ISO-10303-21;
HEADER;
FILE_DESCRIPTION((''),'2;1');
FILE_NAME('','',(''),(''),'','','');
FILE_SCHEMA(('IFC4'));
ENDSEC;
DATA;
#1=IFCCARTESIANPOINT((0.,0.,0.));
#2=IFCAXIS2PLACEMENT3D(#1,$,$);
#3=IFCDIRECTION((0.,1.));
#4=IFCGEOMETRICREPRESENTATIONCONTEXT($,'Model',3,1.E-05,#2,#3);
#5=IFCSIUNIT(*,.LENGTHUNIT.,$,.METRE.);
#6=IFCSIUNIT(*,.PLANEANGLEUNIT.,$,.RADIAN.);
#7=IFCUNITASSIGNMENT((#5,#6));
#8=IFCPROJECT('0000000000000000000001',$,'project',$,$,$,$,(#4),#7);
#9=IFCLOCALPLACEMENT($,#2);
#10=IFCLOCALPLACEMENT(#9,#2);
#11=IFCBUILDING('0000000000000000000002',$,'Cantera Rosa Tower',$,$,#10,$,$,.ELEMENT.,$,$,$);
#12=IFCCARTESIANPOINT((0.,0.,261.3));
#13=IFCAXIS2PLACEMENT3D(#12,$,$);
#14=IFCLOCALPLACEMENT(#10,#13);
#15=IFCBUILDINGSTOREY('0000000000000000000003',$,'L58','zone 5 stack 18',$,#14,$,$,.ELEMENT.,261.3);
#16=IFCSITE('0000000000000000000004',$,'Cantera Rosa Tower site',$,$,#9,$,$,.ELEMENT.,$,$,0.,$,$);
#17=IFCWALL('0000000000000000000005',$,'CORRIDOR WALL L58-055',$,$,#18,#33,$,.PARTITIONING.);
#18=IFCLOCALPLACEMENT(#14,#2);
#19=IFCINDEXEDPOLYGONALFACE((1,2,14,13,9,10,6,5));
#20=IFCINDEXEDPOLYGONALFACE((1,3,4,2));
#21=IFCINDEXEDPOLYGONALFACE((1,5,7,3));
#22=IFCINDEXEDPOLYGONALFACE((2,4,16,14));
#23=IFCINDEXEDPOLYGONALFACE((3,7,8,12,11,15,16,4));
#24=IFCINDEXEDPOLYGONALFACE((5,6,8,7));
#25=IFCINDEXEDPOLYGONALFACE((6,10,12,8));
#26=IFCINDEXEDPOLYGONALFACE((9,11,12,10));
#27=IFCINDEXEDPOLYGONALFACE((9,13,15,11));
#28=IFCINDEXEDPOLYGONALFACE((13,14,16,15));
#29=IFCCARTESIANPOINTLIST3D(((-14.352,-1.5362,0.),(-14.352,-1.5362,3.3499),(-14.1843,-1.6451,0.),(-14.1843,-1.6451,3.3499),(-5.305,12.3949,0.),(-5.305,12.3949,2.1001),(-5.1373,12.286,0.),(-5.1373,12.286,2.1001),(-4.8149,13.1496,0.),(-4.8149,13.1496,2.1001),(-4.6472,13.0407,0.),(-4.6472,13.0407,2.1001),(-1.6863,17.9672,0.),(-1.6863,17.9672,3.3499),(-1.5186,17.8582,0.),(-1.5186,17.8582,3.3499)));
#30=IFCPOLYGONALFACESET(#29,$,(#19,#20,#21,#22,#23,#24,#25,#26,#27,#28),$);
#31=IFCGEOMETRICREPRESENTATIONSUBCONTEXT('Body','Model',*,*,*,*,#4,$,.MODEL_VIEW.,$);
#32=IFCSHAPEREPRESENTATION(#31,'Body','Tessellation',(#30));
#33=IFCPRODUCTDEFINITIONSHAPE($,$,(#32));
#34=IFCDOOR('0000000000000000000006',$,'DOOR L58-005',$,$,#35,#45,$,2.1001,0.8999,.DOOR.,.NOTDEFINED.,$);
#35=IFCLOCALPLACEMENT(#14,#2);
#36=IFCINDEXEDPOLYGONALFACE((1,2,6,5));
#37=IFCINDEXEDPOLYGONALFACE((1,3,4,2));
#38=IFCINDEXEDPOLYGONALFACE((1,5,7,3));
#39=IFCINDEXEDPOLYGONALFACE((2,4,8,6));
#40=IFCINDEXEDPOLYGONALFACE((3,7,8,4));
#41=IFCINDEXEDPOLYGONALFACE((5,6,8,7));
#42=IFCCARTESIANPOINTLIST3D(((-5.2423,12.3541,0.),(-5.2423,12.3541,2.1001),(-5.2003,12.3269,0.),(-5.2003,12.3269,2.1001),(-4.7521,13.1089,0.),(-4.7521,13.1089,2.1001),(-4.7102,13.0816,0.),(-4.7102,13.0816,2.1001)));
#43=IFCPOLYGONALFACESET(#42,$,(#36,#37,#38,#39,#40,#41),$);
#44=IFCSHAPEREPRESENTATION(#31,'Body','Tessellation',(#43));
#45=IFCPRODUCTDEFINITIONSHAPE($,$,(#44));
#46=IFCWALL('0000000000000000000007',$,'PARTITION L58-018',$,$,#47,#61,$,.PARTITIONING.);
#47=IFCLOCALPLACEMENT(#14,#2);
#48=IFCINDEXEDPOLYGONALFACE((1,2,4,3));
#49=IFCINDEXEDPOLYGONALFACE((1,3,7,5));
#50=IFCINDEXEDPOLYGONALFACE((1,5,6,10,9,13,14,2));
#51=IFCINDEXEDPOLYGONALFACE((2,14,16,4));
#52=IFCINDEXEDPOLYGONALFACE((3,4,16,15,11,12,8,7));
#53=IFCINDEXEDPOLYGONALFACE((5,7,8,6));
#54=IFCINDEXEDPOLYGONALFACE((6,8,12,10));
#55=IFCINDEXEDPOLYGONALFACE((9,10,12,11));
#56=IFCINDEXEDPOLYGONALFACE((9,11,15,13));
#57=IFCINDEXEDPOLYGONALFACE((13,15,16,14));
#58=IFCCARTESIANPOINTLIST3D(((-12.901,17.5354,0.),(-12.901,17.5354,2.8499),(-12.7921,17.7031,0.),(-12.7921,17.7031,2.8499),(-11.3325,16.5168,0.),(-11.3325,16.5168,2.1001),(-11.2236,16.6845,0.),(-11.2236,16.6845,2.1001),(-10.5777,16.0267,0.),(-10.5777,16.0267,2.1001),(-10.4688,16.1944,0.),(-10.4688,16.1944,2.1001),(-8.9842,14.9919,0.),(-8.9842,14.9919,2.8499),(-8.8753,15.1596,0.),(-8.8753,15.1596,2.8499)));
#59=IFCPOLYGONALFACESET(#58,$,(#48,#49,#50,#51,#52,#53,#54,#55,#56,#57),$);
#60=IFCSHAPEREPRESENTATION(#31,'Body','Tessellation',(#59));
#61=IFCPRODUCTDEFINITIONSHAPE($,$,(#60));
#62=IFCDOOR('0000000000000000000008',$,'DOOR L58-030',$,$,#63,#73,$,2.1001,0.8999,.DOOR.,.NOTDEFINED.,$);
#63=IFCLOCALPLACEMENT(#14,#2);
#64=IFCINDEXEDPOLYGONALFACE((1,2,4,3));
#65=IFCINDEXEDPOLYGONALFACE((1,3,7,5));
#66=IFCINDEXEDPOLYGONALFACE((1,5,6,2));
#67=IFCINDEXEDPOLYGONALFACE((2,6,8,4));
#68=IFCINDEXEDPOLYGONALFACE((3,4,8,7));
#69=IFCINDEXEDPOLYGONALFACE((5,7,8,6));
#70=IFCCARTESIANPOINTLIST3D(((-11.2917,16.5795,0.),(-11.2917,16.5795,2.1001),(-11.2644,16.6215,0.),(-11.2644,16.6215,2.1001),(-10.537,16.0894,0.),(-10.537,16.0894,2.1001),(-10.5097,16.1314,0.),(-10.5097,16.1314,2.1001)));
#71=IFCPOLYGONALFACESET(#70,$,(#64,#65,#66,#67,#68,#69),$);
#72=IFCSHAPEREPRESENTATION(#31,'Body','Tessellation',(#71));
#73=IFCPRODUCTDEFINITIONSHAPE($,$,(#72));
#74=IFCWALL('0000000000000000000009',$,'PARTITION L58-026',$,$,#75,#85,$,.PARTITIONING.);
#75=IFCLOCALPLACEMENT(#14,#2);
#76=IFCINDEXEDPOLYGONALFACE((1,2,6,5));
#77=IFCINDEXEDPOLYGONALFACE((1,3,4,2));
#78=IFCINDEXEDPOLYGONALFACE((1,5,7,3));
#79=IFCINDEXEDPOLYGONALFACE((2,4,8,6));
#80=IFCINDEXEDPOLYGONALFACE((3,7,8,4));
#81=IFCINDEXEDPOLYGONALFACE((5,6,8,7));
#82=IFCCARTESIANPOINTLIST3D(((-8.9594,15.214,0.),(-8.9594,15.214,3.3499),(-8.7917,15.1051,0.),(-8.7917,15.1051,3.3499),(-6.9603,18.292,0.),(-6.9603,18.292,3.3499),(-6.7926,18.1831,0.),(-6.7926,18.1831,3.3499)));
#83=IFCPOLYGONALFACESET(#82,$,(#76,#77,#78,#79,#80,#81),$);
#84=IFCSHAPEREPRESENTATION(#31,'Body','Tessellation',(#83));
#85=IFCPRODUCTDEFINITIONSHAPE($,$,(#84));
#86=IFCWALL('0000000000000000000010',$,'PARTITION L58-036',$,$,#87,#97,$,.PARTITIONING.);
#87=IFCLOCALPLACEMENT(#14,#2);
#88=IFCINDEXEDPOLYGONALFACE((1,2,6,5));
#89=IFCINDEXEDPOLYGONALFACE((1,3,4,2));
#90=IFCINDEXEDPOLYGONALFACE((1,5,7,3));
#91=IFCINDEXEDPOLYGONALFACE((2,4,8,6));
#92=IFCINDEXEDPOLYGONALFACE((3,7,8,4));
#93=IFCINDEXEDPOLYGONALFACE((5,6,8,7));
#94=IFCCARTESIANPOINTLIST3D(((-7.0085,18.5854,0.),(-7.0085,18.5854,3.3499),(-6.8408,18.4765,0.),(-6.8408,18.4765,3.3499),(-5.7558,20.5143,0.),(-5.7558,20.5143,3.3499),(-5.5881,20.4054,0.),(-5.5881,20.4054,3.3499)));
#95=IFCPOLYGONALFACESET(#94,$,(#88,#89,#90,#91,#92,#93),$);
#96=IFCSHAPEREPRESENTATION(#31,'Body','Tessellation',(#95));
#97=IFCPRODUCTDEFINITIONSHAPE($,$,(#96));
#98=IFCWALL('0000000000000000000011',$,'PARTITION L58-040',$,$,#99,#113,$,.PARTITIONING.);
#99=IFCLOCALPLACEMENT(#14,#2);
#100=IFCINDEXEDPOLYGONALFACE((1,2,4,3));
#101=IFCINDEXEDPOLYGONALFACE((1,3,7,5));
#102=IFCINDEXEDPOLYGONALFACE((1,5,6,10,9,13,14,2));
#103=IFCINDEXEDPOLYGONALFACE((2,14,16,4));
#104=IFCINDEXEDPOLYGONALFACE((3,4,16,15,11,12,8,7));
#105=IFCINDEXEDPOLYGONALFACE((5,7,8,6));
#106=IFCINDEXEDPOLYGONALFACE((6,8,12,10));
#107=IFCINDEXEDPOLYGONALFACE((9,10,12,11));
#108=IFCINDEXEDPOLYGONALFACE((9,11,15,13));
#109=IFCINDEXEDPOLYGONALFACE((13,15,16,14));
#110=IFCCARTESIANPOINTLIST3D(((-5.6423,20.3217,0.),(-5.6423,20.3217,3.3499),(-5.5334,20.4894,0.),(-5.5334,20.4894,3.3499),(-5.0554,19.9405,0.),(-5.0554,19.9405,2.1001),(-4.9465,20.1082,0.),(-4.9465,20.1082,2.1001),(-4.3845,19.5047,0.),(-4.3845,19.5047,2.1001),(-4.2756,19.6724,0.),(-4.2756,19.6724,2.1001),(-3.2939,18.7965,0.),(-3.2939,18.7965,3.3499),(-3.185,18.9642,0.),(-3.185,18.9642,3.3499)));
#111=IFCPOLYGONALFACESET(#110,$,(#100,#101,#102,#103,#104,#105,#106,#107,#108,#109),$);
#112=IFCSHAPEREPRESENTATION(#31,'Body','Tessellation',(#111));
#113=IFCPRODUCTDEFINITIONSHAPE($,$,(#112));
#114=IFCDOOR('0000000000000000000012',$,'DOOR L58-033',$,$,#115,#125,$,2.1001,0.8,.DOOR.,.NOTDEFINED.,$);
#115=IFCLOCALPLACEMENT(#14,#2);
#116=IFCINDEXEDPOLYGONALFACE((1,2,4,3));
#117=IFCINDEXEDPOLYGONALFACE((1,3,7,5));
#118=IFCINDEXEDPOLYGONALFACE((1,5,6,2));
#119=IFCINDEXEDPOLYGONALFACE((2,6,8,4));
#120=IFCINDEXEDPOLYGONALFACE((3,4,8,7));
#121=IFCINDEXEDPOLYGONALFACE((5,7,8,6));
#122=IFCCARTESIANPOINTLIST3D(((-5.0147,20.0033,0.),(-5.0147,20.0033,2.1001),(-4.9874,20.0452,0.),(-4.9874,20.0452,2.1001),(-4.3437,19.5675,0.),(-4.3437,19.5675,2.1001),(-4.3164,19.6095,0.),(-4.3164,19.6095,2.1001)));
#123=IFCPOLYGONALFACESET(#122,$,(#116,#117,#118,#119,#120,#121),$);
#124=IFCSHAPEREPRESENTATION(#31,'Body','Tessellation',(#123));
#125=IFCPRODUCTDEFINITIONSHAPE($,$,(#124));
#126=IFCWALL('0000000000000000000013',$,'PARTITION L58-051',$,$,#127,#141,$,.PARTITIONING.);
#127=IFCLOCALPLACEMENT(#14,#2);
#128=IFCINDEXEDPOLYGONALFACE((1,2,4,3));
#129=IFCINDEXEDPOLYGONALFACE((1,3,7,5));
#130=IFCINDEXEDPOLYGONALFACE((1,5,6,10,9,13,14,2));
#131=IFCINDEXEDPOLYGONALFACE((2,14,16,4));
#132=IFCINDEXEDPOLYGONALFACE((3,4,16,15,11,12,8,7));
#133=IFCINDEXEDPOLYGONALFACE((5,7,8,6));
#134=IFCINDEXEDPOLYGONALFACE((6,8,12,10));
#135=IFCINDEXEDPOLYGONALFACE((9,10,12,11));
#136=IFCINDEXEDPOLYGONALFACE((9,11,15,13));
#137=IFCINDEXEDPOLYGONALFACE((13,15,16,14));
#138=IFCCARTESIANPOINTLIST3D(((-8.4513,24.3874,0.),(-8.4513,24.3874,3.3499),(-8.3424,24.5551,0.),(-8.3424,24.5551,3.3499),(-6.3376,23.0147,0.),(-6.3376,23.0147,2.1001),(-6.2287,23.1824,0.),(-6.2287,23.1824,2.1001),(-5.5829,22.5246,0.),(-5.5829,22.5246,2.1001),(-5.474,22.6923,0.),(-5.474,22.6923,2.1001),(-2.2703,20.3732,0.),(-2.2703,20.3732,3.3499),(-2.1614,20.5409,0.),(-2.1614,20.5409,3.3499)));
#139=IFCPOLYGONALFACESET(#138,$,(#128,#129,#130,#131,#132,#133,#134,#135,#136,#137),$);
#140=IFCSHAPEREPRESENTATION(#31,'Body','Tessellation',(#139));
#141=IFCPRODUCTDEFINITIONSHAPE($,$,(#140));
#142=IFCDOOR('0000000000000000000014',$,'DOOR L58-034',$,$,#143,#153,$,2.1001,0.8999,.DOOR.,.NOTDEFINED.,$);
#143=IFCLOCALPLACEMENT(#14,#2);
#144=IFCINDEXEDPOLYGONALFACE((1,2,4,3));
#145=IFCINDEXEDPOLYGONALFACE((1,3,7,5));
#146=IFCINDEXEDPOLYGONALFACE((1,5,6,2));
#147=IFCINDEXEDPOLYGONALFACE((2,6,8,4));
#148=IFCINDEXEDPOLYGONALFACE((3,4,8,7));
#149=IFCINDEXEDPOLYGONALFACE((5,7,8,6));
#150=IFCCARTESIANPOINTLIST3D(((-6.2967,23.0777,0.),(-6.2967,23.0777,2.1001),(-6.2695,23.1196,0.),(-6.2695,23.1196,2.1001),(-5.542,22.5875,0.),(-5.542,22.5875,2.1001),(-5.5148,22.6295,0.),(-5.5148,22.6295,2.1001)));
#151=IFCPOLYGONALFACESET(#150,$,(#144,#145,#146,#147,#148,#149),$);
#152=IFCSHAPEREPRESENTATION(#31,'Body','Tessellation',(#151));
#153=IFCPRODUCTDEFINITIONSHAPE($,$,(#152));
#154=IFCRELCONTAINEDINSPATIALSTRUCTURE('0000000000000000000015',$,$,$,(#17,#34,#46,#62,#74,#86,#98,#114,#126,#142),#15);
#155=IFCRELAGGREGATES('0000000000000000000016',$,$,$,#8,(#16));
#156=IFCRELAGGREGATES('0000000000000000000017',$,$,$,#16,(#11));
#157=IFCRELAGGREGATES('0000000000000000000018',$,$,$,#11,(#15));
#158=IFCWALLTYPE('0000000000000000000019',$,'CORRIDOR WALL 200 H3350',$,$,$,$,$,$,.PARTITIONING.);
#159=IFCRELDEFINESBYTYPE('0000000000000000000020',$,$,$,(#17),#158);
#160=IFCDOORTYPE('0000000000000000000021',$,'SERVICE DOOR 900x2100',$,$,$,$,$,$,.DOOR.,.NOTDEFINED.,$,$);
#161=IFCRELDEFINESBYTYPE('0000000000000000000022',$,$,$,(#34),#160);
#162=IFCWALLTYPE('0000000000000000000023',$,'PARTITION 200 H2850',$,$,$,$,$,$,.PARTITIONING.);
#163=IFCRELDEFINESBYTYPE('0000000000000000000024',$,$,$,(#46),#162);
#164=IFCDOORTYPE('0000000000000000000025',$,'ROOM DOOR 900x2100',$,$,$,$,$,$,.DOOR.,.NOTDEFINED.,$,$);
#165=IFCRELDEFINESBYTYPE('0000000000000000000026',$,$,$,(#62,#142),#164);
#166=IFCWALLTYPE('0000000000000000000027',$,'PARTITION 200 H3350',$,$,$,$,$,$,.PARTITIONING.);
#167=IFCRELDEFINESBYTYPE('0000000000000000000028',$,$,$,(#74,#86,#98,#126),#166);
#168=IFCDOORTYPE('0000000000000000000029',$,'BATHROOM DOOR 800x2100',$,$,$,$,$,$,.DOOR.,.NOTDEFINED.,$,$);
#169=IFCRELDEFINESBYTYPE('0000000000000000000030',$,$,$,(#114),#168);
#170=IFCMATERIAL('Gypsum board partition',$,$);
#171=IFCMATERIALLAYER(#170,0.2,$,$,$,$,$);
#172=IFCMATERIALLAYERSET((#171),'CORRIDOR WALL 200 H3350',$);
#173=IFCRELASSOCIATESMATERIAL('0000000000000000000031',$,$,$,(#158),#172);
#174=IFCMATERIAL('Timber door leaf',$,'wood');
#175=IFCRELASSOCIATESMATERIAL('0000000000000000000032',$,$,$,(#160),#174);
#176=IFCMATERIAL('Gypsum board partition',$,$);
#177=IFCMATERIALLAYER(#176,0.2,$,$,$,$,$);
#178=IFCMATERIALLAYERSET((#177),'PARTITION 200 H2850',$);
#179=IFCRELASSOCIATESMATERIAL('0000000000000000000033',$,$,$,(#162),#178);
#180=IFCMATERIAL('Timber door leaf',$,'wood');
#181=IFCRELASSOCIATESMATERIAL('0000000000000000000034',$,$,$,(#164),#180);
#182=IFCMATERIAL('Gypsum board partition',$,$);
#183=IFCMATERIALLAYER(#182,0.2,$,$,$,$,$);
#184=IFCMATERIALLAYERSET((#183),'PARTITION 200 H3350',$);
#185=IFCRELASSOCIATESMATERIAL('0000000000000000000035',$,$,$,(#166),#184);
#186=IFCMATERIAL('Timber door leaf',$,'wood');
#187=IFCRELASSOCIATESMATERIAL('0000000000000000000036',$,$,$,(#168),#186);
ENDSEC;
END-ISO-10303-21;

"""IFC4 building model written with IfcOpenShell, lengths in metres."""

from ifc_helpers import new_model, si_unit, direction, frame, frame_2d, origin, place, context, subcontext, project, spatial, rectangle, extrude, material, layer, layer_set, type_object, element, fill, save


model = new_model("IFC4")

# Units and contexts
model_context = context("Model", 3, precision=1e-05, world=origin(), true_north=direction((0.0, 1.0)))
body_context = subcontext(model_context, "Body", "Model", "MODEL_VIEW")
ifc_project = project(units=[si_unit("LENGTHUNIT", "METRE"), si_unit("PLANEANGLEUNIT", "RADIAN")], contexts=[model_context])

# Site, building, storey
site_placement = place(None, origin())
site = spatial("IfcSite", under=ifc_project, at=site_placement, Name="Cantera Rosa Tower site", CompositionType="ELEMENT", RefElevation=0.0)
building_placement = place(site_placement, origin())
building = spatial("IfcBuilding", under=site, at=building_placement, Name="Cantera Rosa Tower", CompositionType="ELEMENT")
storey_placement = place(building_placement, frame((0.0, 0.0, 261.3)))
storey = spatial("IfcBuildingStorey", under=building, at=storey_placement, Name="L58", Description="zone 5 stack 18", CompositionType="ELEMENT", Elevation=261.3)

# Shared definitions
ifc_material_1 = material(Name="Gypsum board partition")
ifc_layer_1 = layer(ifc_material_1, 0.2)
ifc_layer_set_1 = layer_set([ifc_layer_1], Name="CORRIDOR WALL 200 H3350")
wall_type_1 = type_object("IfcWallType", Name="CORRIDOR WALL 200 H3350", PredefinedType="PARTITIONING", material=ifc_layer_set_1)

# Walls, openings, doors
wall_1_placement = place(storey_placement, frame((-1.6025, 17.9126, 0.0), z_axis=(0.0, 0.0, 1.0), x_axis=(-0.544642, -0.838669, 0.0)))
wall_1 = element("IfcWall", 1, at=wall_1_placement, inside=storey, type_object=wall_type_1, Name="CORRIDOR WALL L58-055", PredefinedType="PARTITIONING", context=body_context, shape_type="SweptSolid", body=[
    extrude(rectangle(XDim=23.2551, YDim=0.2, at=frame_2d((11.6274, 0.0))), origin(), (0.0, 0.0, 1.0), 3.3499),
])
opening_1_placement = place(wall_1_placement, frame((5.7441, 0.0, 0.0)))
opening_1 = element("IfcOpeningElement", 2, at=opening_1_placement, cuts=wall_1, PredefinedType="OPENING", context=body_context, shape_type="SweptSolid", body=[
    extrude(rectangle(XDim=0.8999, YDim=2.1001, at=frame_2d((0.45, 1.05))), frame((0.0, 0.1099, 0.0), z_axis=(0.0, -1.0, 0.0), x_axis=(1.0, 0.0, 0.0)), (0.0, 0.0, 1.0), 0.22),
])
ifc_material_2 = material(Name="Timber door leaf", Category="wood")
door_type_1 = type_object("IfcDoorType", Name="SERVICE DOOR 900x2100", OperationType="NOTDEFINED", PredefinedType="DOOR", material=ifc_material_2)
door_1_placement = place(opening_1_placement, origin())
door_1 = element("IfcDoor", 3, at=door_1_placement, inside=storey, type_object=door_type_1, Name="DOOR L58-005", OperationType="NOTDEFINED", OverallHeight=2.1001, OverallWidth=0.8999, PredefinedType="DOOR", context=body_context, shape_type="SweptSolid", body=[
    extrude(rectangle(XDim=0.8999, YDim=2.1001, at=frame_2d((0.45, 1.05))), frame((0.0, 0.0249, 0.0), z_axis=(0.0, -1.0, 0.0), x_axis=(1.0, 0.0, 0.0)), (0.0, 0.0, 1.0), 0.05),
])
fill(opening_1, door_1)
ifc_material_3 = material(Name="Gypsum board partition")
ifc_layer_2 = layer(ifc_material_3, 0.2)
ifc_layer_set_2 = layer_set([ifc_layer_2], Name="PARTITION 200 H2850")
wall_type_2 = type_object("IfcWallType", Name="PARTITION 200 H2850", PredefinedType="PARTITIONING", material=ifc_layer_set_2)
wall_2_placement = place(storey_placement, frame((-12.8464, 17.6191, 0.0), z_axis=(0.0, 0.0, 1.0), x_axis=(0.838681, -0.544623, 0.0)))
wall_2 = element("IfcWall", 4, at=wall_2_placement, inside=storey, type_object=wall_type_2, Name="PARTITION L58-018", PredefinedType="PARTITIONING", context=body_context, shape_type="SweptSolid", body=[
    extrude(rectangle(XDim=4.6702, YDim=0.2, at=frame_2d((2.335, 0.0))), origin(), (0.0, 0.0, 1.0), 2.8499),
])
opening_2_placement = place(wall_2_placement, frame((1.8701, 0.0, 0.0)))
opening_2 = element("IfcOpeningElement", 5, at=opening_2_placement, cuts=wall_2, PredefinedType="OPENING", context=body_context, shape_type="SweptSolid", body=[
    extrude(rectangle(XDim=0.8999, YDim=2.1001, at=frame_2d((0.45, 1.05))), frame((0.0, 0.1099, 0.0), z_axis=(0.0, -1.0, 0.0), x_axis=(1.0, 0.0, 0.0)), (0.0, 0.0, 1.0), 0.22),
])
ifc_material_4 = material(Name="Timber door leaf", Category="wood")
door_type_2 = type_object("IfcDoorType", Name="ROOM DOOR 900x2100", OperationType="NOTDEFINED", PredefinedType="DOOR", material=ifc_material_4)
door_2_placement = place(opening_2_placement, origin())
door_2 = element("IfcDoor", 6, at=door_2_placement, inside=storey, type_object=door_type_2, Name="DOOR L58-030", OperationType="NOTDEFINED", OverallHeight=2.1001, OverallWidth=0.8999, PredefinedType="DOOR", context=body_context, shape_type="SweptSolid", body=[
    extrude(rectangle(XDim=0.8999, YDim=2.1001, at=frame_2d((0.45, 1.05))), frame((0.0, 0.0249, 0.0), z_axis=(0.0, -1.0, 0.0), x_axis=(1.0, 0.0, 0.0)), (0.0, 0.0, 1.0), 0.05),
])
fill(opening_2, door_2)

# Walls
ifc_material_5 = material(Name="Gypsum board partition")
ifc_layer_3 = layer(ifc_material_5, 0.2)
ifc_layer_set_3 = layer_set([ifc_layer_3], Name="PARTITION 200 H3350")
wall_type_3 = type_object("IfcWallType", Name="PARTITION 200 H3350", PredefinedType="PARTITIONING", material=ifc_layer_set_3)
wall_3_placement = place(storey_placement, frame((-8.8755, 15.1597, 0.0), z_axis=(0.0, 0.0, 1.0), x_axis=(0.544682, 0.838643, 0.0)))
element("IfcWall", 7, at=wall_3_placement, inside=storey, type_object=wall_type_3, Name="PARTITION L58-026", PredefinedType="PARTITIONING", context=body_context, shape_type="SweptSolid", body=[
    extrude(rectangle(XDim=3.6702, YDim=0.2, at=frame_2d((1.835, 0.0))), origin(), (0.0, 0.0, 1.0), 3.3499),
])
wall_4_placement = place(storey_placement, frame((-6.9246, 18.531, 0.0), z_axis=(0.0, 0.0, 1.0), x_axis=(0.544641, 0.838669, 0.0)))
element("IfcWall", 8, at=wall_4_placement, inside=storey, type_object=wall_type_3, Name="PARTITION L58-036", PredefinedType="PARTITIONING", context=body_context, shape_type="SweptSolid", body=[
    extrude(rectangle(XDim=2.3, YDim=0.2, at=frame_2d((1.1499, 0.0))), origin(), (0.0, 0.0, 1.0), 3.3499),
])

# Walls, openings, doors
wall_5_placement = place(storey_placement, frame((-5.5879, 20.4055, 0.0), z_axis=(0.0, 0.0, 1.0), x_axis=(0.838657, -0.54466, 0.0)))
wall_5 = element("IfcWall", 9, at=wall_5_placement, inside=storey, type_object=wall_type_3, Name="PARTITION L58-040", PredefinedType="PARTITIONING", context=body_context, shape_type="SweptSolid", body=[
    extrude(rectangle(XDim=2.8003, YDim=0.2, at=frame_2d((1.4001, 0.0))), origin(), (0.0, 0.0, 1.0), 3.3499),
])
opening_3_placement = place(wall_5_placement, frame((0.7, 0.0, 0.0)))
opening_3 = element("IfcOpeningElement", 10, at=opening_3_placement, cuts=wall_5, PredefinedType="OPENING", context=body_context, shape_type="SweptSolid", body=[
    extrude(rectangle(XDim=0.8, YDim=2.1001, at=frame_2d((0.3999, 1.05))), frame((0.0, 0.1099, 0.0), z_axis=(0.0, -1.0, 0.0), x_axis=(1.0, 0.0, 0.0)), (0.0, 0.0, 1.0), 0.22),
])
ifc_material_6 = material(Name="Timber door leaf", Category="wood")
door_type_3 = type_object("IfcDoorType", Name="BATHROOM DOOR 800x2100", OperationType="NOTDEFINED", PredefinedType="DOOR", material=ifc_material_6)
door_3_placement = place(opening_3_placement, origin())
door_3 = element("IfcDoor", 11, at=door_3_placement, inside=storey, type_object=door_type_3, Name="DOOR L58-033", OperationType="NOTDEFINED", OverallHeight=2.1001, OverallWidth=0.8, PredefinedType="DOOR", context=body_context, shape_type="SweptSolid", body=[
    extrude(rectangle(XDim=0.8, YDim=2.1001, at=frame_2d((0.3999, 1.05))), frame((0.0, 0.0249, 0.0), z_axis=(0.0, -1.0, 0.0), x_axis=(1.0, 0.0, 0.0)), (0.0, 0.0, 1.0), 0.05),
])
fill(opening_3, door_3)
wall_6_placement = place(storey_placement, frame((-2.2158, 20.457, 0.0), z_axis=(0.0, 0.0, 1.0), x_axis=(-0.838656, 0.544661, 0.0)))
wall_6 = element("IfcWall", 12, at=wall_6_placement, inside=storey, type_object=wall_type_3, Name="PARTITION L58-051", PredefinedType="PARTITIONING", context=body_context, shape_type="SweptSolid", body=[
    extrude(rectangle(XDim=7.3701, YDim=0.2, at=frame_2d((3.6851, 0.0))), origin(), (0.0, 0.0, 1.0), 3.3499),
])
opening_4_placement = place(wall_6_placement, frame((3.95, 0.0, 0.0)))
opening_4 = element("IfcOpeningElement", 13, at=opening_4_placement, cuts=wall_6, PredefinedType="OPENING", context=body_context, shape_type="SweptSolid", body=[
    extrude(rectangle(XDim=0.8999, YDim=2.1001, at=frame_2d((0.45, 1.05))), frame((0.0, 0.1099, 0.0), z_axis=(0.0, -1.0, 0.0), x_axis=(1.0, 0.0, 0.0)), (0.0, 0.0, 1.0), 0.22),
])
door_4_placement = place(opening_4_placement, origin())
door_4 = element("IfcDoor", 14, at=door_4_placement, inside=storey, type_object=door_type_2, Name="DOOR L58-034", OperationType="NOTDEFINED", OverallHeight=2.1001, OverallWidth=0.8999, PredefinedType="DOOR", context=body_context, shape_type="SweptSolid", body=[
    extrude(rectangle(XDim=0.8999, YDim=2.1001, at=frame_2d((0.45, 1.05))), frame((0.0, 0.0249, 0.0), z_axis=(0.0, -1.0, 0.0), x_axis=(1.0, 0.0, 0.0)), (0.0, 0.0, 1.0), 0.05),
])
fill(opening_4, door_4)

save(model, "model.ifc")
